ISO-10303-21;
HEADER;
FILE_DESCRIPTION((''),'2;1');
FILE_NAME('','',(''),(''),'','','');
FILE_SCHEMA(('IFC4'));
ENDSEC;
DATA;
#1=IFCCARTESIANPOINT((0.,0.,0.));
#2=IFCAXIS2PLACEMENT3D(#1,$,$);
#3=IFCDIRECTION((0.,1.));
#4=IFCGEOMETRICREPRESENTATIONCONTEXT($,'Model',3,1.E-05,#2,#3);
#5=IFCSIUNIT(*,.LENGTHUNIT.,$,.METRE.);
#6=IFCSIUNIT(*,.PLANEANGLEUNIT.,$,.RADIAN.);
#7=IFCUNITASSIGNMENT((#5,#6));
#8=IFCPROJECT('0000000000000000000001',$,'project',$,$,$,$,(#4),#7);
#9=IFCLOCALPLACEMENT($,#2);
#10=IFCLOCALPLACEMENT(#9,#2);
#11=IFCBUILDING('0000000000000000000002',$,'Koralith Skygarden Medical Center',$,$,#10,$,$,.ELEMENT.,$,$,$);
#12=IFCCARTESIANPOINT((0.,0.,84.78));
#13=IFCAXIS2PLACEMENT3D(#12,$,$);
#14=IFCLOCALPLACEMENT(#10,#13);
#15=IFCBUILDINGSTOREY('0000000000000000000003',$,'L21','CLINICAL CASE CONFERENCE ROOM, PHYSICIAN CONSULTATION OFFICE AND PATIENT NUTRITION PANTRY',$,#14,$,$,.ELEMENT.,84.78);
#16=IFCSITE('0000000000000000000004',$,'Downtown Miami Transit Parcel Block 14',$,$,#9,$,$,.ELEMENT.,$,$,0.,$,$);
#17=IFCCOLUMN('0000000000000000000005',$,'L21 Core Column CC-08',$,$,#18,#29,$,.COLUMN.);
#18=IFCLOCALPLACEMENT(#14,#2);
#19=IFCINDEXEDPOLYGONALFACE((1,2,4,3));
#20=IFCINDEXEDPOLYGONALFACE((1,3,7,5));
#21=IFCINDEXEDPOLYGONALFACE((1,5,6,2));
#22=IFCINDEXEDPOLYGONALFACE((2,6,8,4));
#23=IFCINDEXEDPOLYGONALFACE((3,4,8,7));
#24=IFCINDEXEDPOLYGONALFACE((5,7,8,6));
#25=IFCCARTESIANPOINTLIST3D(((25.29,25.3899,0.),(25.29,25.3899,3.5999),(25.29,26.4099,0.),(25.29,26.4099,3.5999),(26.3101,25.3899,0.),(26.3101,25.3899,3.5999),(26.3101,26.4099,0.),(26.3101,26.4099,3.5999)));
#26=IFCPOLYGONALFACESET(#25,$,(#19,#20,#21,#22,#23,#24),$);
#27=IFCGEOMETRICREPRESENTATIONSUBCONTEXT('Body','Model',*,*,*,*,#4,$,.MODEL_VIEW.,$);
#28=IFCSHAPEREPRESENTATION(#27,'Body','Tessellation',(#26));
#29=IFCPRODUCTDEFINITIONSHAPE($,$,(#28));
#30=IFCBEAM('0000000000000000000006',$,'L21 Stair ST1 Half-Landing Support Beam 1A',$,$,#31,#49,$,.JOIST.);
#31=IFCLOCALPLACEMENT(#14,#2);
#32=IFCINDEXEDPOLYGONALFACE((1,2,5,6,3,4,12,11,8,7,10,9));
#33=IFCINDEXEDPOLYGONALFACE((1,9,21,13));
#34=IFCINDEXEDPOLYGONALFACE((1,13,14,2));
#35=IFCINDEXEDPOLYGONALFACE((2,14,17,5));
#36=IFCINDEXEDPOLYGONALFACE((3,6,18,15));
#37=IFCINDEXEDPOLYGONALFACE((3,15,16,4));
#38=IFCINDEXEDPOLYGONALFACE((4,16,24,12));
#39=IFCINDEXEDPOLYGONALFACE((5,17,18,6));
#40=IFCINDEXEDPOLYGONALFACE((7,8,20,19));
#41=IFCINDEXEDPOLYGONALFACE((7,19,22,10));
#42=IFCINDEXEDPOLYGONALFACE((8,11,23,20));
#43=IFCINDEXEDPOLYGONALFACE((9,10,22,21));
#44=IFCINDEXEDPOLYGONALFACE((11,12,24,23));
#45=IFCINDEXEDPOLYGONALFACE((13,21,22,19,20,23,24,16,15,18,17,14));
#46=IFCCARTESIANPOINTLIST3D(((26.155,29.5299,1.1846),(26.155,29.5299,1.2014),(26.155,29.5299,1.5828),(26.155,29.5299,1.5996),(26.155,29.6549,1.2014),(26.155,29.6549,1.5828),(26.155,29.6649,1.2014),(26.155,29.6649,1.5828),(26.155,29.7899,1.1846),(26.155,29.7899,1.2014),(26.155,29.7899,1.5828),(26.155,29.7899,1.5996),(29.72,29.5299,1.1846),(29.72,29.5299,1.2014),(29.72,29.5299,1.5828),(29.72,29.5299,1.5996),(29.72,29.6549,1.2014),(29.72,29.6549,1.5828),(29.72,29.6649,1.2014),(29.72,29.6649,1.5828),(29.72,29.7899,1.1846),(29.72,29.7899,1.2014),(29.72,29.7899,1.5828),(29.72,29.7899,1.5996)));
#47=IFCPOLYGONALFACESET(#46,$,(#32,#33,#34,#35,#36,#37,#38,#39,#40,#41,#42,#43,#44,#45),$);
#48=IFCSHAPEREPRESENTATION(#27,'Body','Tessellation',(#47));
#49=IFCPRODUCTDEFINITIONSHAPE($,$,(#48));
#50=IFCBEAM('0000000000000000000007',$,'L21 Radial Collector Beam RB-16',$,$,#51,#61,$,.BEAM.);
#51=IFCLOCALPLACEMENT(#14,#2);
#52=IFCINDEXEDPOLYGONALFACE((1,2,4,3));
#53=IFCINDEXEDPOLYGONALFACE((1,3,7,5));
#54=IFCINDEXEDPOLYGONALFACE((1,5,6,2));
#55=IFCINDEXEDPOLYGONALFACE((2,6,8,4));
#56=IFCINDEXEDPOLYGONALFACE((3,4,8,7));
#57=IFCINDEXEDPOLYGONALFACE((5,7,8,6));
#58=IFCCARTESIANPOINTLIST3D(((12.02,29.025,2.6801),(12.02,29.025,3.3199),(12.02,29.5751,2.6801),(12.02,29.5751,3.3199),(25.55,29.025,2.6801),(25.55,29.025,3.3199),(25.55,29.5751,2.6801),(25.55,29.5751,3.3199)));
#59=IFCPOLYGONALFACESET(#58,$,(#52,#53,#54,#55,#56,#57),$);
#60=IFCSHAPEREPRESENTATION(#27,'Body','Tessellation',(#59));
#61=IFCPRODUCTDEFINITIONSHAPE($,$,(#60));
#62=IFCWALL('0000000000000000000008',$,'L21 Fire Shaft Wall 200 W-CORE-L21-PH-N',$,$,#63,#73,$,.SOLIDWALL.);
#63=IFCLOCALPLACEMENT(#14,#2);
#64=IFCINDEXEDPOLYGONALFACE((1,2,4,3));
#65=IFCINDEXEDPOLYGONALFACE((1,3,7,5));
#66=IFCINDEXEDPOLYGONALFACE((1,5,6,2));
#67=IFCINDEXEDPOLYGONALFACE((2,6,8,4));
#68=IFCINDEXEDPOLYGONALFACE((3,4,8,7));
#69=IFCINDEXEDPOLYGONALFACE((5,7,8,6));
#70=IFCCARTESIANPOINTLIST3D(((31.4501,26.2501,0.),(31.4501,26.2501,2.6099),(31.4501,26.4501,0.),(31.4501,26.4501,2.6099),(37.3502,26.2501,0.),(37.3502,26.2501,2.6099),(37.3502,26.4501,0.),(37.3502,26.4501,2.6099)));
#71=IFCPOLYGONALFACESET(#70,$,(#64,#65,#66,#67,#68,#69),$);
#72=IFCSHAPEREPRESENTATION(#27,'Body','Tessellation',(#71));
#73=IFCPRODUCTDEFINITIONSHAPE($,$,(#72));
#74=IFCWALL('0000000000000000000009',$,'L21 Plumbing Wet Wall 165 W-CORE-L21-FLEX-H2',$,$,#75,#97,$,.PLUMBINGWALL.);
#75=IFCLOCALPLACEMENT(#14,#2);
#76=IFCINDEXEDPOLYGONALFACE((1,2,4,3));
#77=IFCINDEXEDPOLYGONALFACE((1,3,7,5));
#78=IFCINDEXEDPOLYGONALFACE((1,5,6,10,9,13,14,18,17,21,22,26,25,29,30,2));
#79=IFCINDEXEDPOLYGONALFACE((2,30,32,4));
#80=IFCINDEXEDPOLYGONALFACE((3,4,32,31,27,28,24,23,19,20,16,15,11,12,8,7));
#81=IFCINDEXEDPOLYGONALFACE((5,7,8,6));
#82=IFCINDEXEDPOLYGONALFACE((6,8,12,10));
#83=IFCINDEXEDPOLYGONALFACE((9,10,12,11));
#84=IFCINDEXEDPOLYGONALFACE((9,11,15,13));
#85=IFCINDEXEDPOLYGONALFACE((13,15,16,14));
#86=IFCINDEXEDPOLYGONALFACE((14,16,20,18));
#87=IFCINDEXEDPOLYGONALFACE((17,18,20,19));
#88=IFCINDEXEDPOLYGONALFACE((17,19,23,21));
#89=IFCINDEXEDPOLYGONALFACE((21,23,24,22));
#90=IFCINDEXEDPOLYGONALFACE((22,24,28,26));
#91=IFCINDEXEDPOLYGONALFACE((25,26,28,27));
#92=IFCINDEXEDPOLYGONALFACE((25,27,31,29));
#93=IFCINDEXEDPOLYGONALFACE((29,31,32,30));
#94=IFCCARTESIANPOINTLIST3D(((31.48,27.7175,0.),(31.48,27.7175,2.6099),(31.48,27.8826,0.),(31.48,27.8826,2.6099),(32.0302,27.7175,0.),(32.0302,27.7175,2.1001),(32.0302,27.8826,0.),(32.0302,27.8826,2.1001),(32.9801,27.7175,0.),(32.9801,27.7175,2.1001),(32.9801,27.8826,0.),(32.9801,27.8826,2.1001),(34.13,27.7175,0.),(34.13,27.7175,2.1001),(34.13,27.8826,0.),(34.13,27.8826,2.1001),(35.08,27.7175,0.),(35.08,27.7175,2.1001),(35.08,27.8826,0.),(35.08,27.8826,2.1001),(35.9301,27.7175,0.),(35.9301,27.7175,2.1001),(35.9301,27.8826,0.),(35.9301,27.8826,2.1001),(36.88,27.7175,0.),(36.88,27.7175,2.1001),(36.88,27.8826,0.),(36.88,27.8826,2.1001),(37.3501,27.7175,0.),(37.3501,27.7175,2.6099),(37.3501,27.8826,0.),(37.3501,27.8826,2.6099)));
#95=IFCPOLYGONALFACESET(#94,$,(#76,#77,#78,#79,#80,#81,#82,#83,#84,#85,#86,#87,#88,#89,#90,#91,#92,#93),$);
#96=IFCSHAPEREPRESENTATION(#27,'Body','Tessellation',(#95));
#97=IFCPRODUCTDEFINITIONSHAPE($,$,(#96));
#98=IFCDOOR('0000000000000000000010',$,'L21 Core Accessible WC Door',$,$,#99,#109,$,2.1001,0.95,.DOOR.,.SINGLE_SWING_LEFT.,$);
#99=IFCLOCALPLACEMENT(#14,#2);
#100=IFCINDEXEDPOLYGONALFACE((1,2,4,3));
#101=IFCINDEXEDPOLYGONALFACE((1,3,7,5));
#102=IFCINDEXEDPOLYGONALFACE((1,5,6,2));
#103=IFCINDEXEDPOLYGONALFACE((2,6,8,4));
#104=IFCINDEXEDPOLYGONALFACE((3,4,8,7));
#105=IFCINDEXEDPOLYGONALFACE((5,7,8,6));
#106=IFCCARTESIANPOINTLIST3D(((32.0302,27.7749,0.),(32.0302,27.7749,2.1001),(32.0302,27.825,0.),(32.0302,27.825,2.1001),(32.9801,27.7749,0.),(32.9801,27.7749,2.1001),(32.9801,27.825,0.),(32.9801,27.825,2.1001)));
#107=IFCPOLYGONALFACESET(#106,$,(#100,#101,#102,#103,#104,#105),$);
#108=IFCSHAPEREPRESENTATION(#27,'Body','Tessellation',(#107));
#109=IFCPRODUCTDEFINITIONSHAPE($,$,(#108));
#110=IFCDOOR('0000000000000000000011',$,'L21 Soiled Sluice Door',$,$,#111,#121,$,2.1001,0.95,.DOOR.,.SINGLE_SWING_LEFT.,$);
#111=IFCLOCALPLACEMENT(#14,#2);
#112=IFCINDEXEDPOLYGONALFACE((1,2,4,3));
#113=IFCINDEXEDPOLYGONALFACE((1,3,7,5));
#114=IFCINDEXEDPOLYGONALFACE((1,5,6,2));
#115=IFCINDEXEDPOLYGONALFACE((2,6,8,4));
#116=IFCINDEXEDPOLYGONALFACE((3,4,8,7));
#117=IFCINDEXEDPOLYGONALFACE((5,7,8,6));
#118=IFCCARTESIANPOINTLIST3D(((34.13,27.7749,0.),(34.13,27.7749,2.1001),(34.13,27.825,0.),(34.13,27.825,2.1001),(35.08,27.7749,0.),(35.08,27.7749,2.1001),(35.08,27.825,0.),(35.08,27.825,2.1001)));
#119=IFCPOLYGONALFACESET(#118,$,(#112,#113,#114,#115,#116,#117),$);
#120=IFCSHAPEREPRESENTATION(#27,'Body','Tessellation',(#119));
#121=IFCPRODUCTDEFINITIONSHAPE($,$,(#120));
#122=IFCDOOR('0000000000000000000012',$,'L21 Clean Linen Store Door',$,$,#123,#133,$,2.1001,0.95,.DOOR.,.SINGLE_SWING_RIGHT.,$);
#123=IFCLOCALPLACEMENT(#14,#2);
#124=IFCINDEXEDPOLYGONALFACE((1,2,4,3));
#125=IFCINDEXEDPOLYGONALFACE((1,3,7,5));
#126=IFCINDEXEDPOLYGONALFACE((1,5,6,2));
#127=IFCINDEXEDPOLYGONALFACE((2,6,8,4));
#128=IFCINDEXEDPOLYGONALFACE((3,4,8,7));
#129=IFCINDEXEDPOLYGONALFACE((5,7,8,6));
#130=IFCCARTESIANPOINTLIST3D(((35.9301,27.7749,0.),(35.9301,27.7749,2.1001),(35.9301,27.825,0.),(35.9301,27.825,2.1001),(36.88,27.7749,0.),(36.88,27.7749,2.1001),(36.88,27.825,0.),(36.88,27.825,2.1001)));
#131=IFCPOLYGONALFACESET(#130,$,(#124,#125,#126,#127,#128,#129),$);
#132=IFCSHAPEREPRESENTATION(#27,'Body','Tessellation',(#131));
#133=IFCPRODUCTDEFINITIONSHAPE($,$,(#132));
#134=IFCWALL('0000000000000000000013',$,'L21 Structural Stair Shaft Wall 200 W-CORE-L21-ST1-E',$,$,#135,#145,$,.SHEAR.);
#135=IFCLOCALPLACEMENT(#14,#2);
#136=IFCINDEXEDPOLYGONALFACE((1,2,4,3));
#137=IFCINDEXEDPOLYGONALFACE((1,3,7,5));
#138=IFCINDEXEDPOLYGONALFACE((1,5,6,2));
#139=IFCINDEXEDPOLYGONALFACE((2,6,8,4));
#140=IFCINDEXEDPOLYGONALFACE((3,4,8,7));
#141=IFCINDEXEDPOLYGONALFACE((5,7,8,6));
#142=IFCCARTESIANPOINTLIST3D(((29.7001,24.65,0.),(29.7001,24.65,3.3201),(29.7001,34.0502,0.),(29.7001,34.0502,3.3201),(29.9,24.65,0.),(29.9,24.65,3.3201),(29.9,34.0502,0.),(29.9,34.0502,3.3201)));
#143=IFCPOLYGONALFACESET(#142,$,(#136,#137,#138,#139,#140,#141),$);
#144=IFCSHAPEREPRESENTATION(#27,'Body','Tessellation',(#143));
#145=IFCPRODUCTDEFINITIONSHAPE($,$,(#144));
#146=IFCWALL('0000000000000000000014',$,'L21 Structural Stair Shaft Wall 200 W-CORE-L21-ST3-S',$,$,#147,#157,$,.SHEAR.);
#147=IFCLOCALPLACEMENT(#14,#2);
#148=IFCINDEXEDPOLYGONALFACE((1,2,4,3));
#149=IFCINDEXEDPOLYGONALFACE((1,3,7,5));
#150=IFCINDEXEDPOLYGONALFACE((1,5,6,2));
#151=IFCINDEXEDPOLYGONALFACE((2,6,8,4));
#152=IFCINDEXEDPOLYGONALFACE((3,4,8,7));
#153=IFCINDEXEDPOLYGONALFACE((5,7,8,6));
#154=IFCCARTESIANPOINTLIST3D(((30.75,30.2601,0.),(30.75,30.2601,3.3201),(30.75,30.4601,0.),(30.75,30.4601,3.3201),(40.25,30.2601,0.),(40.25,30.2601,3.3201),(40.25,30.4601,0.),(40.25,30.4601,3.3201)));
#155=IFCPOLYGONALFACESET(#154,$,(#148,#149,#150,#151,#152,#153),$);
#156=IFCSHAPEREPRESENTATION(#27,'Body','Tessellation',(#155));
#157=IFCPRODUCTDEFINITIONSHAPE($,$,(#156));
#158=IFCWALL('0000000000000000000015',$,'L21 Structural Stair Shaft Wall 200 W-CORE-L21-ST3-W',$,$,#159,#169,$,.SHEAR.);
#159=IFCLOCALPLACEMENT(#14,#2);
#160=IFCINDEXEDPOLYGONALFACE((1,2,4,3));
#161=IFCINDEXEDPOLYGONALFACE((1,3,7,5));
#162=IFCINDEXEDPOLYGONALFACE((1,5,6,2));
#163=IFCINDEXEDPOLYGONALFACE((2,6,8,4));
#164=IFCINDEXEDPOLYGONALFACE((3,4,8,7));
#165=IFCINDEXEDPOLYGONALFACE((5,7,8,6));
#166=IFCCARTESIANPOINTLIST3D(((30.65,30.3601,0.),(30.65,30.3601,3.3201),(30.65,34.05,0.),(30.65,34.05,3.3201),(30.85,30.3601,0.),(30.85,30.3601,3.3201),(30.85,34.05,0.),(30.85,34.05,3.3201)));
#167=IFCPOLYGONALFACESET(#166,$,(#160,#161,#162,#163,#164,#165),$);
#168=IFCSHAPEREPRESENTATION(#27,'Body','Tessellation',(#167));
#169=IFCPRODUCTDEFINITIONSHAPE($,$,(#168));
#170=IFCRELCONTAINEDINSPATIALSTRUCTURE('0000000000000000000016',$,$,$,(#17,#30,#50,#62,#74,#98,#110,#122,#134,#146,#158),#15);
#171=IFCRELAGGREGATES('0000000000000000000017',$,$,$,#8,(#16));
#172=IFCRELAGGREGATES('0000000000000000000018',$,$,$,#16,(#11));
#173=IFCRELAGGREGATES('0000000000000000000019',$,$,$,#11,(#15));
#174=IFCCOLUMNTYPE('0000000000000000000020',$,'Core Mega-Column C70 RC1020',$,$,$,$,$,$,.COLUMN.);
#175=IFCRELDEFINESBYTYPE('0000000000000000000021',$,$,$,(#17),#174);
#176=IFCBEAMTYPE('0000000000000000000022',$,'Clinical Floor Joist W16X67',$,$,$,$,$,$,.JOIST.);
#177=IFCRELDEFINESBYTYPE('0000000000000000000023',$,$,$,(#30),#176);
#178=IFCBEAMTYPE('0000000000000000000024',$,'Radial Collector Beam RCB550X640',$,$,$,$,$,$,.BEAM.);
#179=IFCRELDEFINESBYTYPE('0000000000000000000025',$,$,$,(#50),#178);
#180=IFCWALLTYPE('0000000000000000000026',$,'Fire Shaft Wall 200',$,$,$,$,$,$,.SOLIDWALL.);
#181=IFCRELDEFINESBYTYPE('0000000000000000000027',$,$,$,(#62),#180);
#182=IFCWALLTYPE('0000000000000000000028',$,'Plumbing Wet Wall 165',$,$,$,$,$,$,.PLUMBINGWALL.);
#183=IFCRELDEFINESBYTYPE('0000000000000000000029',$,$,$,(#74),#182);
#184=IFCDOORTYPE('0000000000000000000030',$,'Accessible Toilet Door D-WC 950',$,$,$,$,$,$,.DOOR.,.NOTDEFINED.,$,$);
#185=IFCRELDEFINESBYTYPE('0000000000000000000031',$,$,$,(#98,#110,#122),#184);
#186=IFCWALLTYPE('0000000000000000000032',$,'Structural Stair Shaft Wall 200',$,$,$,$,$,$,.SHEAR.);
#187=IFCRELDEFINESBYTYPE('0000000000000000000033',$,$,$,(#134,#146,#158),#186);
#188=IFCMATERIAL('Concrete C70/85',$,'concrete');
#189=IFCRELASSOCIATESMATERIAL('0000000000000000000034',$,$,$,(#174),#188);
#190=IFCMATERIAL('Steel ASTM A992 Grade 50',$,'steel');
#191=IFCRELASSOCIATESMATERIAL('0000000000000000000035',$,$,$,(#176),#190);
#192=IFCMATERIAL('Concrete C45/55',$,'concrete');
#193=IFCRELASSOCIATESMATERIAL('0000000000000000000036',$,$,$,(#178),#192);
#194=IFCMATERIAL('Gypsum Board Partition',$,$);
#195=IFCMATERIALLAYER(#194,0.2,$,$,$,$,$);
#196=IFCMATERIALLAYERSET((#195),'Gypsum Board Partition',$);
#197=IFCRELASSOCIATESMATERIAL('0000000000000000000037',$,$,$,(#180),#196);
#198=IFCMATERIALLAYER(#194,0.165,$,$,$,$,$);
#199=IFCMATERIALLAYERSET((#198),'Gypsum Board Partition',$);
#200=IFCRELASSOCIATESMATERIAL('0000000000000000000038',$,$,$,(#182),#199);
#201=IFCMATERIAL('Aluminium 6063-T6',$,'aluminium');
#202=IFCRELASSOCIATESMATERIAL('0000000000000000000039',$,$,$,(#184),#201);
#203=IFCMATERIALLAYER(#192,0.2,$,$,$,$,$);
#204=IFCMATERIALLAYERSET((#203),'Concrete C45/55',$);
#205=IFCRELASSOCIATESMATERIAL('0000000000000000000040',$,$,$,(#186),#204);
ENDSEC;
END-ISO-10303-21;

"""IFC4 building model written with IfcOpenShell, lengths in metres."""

from ifc_helpers import new_model, si_unit, direction, frame, frame_2d, origin, origin_2d, place, context, subcontext, project, spatial, rectangle, i_section, extrude, material, layer, layer_set, material_profile, profile_set, type_object, element, fill, save


model = new_model("IFC4")

# Units and contexts
model_context = context("Model", 3, precision=1e-05, world=origin(), true_north=direction((0.0, 1.0)))
body_context = subcontext(model_context, "Body", "Model", "MODEL_VIEW")
ifc_project = project(units=[si_unit("LENGTHUNIT", "METRE"), si_unit("PLANEANGLEUNIT", "RADIAN")], contexts=[model_context])

# Site, building, storey
site_placement = place(None, origin())
site = spatial("IfcSite", under=ifc_project, at=site_placement, Name="Downtown Miami Transit Parcel Block 14", CompositionType="ELEMENT", RefElevation=0.0)
building_placement = place(site_placement, origin())
building = spatial("IfcBuilding", under=site, at=building_placement, Name="Koralith Skygarden Medical Center", CompositionType="ELEMENT")
storey_placement = place(building_placement, frame((0.0, 0.0, 84.78)))
storey = spatial("IfcBuildingStorey", under=building, at=storey_placement, Name="L21", Description="CLINICAL CASE CONFERENCE ROOM, PHYSICIAN CONSULTATION OFFICE AND PATIENT NUTRITION PANTRY", CompositionType="ELEMENT", Elevation=84.78)

# Column
ifc_material_1 = material(Name="Concrete C70/85", Category="concrete")
ifc_material_profile_1 = material_profile(ifc_material_1, rectangle(XDim=1.02, YDim=1.02, at=origin_2d()), Name="RC1020X1020")
ifc_profile_set_1 = profile_set([ifc_material_profile_1], Name="Concrete C70/85")
column_type = type_object("IfcColumnType", Name="Core Mega-Column C70 RC1020", PredefinedType="COLUMN", material=ifc_profile_set_1)
column_placement = place(storey_placement, frame((25.8, 25.8999, 0.0), z_axis=(0.0, 0.0, 1.0), x_axis=(1.0, 0.0, 0.0)))
element("IfcColumn", 1, at=column_placement, inside=storey, type_object=column_type, Name="L21 Core Column CC-08", PredefinedType="COLUMN", context=body_context, shape_type="SweptSolid", body=[
    extrude(rectangle(XDim=1.02, YDim=1.02, at=origin_2d()), origin(), (0.0, 0.0, 1.0), 3.5999),
])

# Beams
ifc_material_2 = material(Name="Steel ASTM A992 Grade 50", Category="steel")
ifc_material_profile_2 = material_profile(ifc_material_2, i_section(OverallWidth=0.26, OverallDepth=0.415, WebThickness=0.01, FlangeThickness=0.0168, at=origin_2d()), Name="W16X67")
ifc_profile_set_2 = profile_set([ifc_material_profile_2], Name="Steel ASTM A992 Grade 50")
beam_type_1 = type_object("IfcBeamType", Name="Clinical Floor Joist W16X67", PredefinedType="JOIST", material=ifc_profile_set_2)
beam_1_placement = place(storey_placement, frame((26.155, 29.6599, 1.3921), z_axis=(1.0, 0.0, 0.0), x_axis=(0.0, 1.0, 0.0)))
element("IfcBeam", 2, at=beam_1_placement, inside=storey, type_object=beam_type_1, Name="L21 Stair ST1 Half-Landing Support Beam 1A", PredefinedType="JOIST", context=body_context, shape_type="SweptSolid", body=[
    extrude(i_section(OverallWidth=0.26, OverallDepth=0.415, WebThickness=0.01, FlangeThickness=0.0168, at=origin_2d()), origin(), (0.0, 0.0, 1.0), 3.5649),
])
ifc_material_3 = material(Name="Concrete C45/55", Category="concrete")
ifc_material_profile_3 = material_profile(ifc_material_3, rectangle(XDim=0.55, YDim=0.6399, at=origin_2d()), Name="RCB550X640")
ifc_profile_set_3 = profile_set([ifc_material_profile_3], Name="Concrete C45/55")
beam_type_2 = type_object("IfcBeamType", Name="Radial Collector Beam RCB550X640", PredefinedType="BEAM", material=ifc_profile_set_3)
beam_2_placement = place(storey_placement, frame((25.55, 29.3, 3.0), z_axis=(-1.0, 0.0, 0.0), x_axis=(0.0, -1.0, 0.0)))
element("IfcBeam", 3, at=beam_2_placement, inside=storey, type_object=beam_type_2, Name="L21 Radial Collector Beam RB-16", PredefinedType="BEAM", context=body_context, shape_type="SweptSolid", body=[
    extrude(rectangle(XDim=0.55, YDim=0.6399, at=origin_2d()), origin(), (0.0, 0.0, 1.0), 13.53),
])

# Wall
ifc_material_4 = material(Name="Gypsum Board Partition")
ifc_layer_1 = layer(ifc_material_4, 0.2)
ifc_layer_set_1 = layer_set([ifc_layer_1], Name="Gypsum Board Partition")
wall_type_1 = type_object("IfcWallType", Name="Fire Shaft Wall 200", PredefinedType="SOLIDWALL", material=ifc_layer_set_1)
wall_1_placement = place(storey_placement, frame((31.45, 26.3501, 0.0), z_axis=(0.0, 0.0, 1.0), x_axis=(1.0, 0.0, 0.0)))
element("IfcWall", 4, at=wall_1_placement, inside=storey, type_object=wall_type_1, Name="L21 Fire Shaft Wall 200 W-CORE-L21-PH-N", PredefinedType="SOLIDWALL", context=body_context, shape_type="SweptSolid", body=[
    extrude(rectangle(XDim=5.9001, YDim=0.2, at=frame_2d((2.9502, 0.0))), origin(), (0.0, 0.0, 1.0), 2.6099),
])

# Shared definitions
ifc_layer_2 = layer(ifc_material_4, 0.165)
ifc_layer_set_2 = layer_set([ifc_layer_2], Name="Gypsum Board Partition")
wall_type_2 = type_object("IfcWallType", Name="Plumbing Wet Wall 165", PredefinedType="PLUMBINGWALL", material=ifc_layer_set_2)
ifc_material_5 = material(Name="Aluminium 6063-T6", Category="aluminium")

# Wall, openings, doors
wall_2_placement = place(storey_placement, frame((31.48, 27.8, 0.0), z_axis=(0.0, 0.0, 1.0), x_axis=(1.0, 0.0, 0.0)))
wall_2 = element("IfcWall", 5, at=wall_2_placement, inside=storey, type_object=wall_type_2, Name="L21 Plumbing Wet Wall 165 W-CORE-L21-FLEX-H2", PredefinedType="PLUMBINGWALL", context=body_context, shape_type="SweptSolid", body=[
    extrude(rectangle(XDim=5.8701, YDim=0.165, at=frame_2d((2.9351, 0.0))), origin(), (0.0, 0.0, 1.0), 2.6099),
])
opening_1_placement = place(wall_2_placement, frame((0.55, 0.0, 0.0)))
opening_1 = element("IfcOpeningElement", 6, at=opening_1_placement, cuts=wall_2, PredefinedType="OPENING", context=body_context, shape_type="SweptSolid", body=[
    extrude(rectangle(XDim=0.95, YDim=2.1001, at=frame_2d((0.4751, 1.05))), frame((0.0, 0.0925, 0.0), z_axis=(0.0, -1.0, 0.0), x_axis=(1.0, 0.0, 0.0)), (0.0, 0.0, 1.0), 0.1851),
])
opening_2_placement = place(wall_2_placement, frame((2.6499, 0.0, 0.0)))
opening_2 = element("IfcOpeningElement", 7, at=opening_2_placement, cuts=wall_2, PredefinedType="OPENING", context=body_context, shape_type="SweptSolid", body=[
    extrude(rectangle(XDim=0.95, YDim=2.1001, at=frame_2d((0.4751, 1.05))), frame((0.0, 0.0925, 0.0), z_axis=(0.0, -1.0, 0.0), x_axis=(1.0, 0.0, 0.0)), (0.0, 0.0, 1.0), 0.1851),
])
opening_3_placement = place(wall_2_placement, frame((4.45, 0.0, 0.0)))
opening_3 = element("IfcOpeningElement", 8, at=opening_3_placement, cuts=wall_2, PredefinedType="OPENING", context=body_context, shape_type="SweptSolid", body=[
    extrude(rectangle(XDim=0.95, YDim=2.1001, at=frame_2d((0.4751, 1.05))), frame((0.0, 0.0925, 0.0), z_axis=(0.0, -1.0, 0.0), x_axis=(1.0, 0.0, 0.0)), (0.0, 0.0, 1.0), 0.1851),
])
door_type_1 = type_object("IfcDoorType", Name="Accessible Toilet Door D-WC 950", OperationType="NOTDEFINED", PredefinedType="DOOR", material=ifc_material_5)
door_1_placement = place(opening_1_placement, origin())
door_1 = element("IfcDoor", 9, at=door_1_placement, inside=storey, type_object=door_type_1, Name="L21 Core Accessible WC Door", OperationType="SINGLE_SWING_LEFT", OverallHeight=2.1001, OverallWidth=0.95, PredefinedType="DOOR", context=body_context, shape_type="SweptSolid", body=[
    extrude(rectangle(XDim=0.95, YDim=2.1001, at=frame_2d((0.4751, 1.05))), frame((0.0, 0.0249, 0.0), z_axis=(0.0, -1.0, 0.0), x_axis=(1.0, 0.0, 0.0)), (0.0, 0.0, 1.0), 0.05),
])
fill(opening_1, door_1)
door_2_placement = place(opening_2_placement, origin())
door_2 = element("IfcDoor", 10, at=door_2_placement, inside=storey, type_object=door_type_1, Name="L21 Soiled Sluice Door", OperationType="SINGLE_SWING_LEFT", OverallHeight=2.1001, OverallWidth=0.95, PredefinedType="DOOR", context=body_context, shape_type="SweptSolid", body=[
    extrude(rectangle(XDim=0.95, YDim=2.1001, at=frame_2d((0.4751, 1.05))), frame((0.0, 0.0249, 0.0), z_axis=(0.0, -1.0, 0.0), x_axis=(1.0, 0.0, 0.0)), (0.0, 0.0, 1.0), 0.05),
])
fill(opening_2, door_2)
door_3_placement = place(opening_3_placement, origin())
door_3 = element("IfcDoor", 11, at=door_3_placement, inside=storey, type_object=door_type_1, Name="L21 Clean Linen Store Door", OperationType="SINGLE_SWING_RIGHT", OverallHeight=2.1001, OverallWidth=0.95, PredefinedType="DOOR", context=body_context, shape_type="SweptSolid", body=[
    extrude(rectangle(XDim=0.95, YDim=2.1001, at=frame_2d((0.4751, 1.05))), frame((0.0, 0.0249, 0.0), z_axis=(0.0, -1.0, 0.0), x_axis=(1.0, 0.0, 0.0)), (0.0, 0.0, 1.0), 0.05),
])
fill(opening_3, door_3)

# Wall
ifc_layer_3 = layer(ifc_material_3, 0.2)
ifc_layer_set_3 = layer_set([ifc_layer_3], Name="Concrete C45/55")
wall_type_3 = type_object("IfcWallType", Name="Structural Stair Shaft Wall 200", PredefinedType="SHEAR", material=ifc_layer_set_3)
wall_3_placement = place(storey_placement, frame((29.8, 24.6499, 0.0), z_axis=(0.0, 0.0, 1.0), x_axis=(0.0, 1.0, 0.0)))
element("IfcWall", 12, at=wall_3_placement, inside=storey, type_object=wall_type_3, Name="L21 Structural Stair Shaft Wall 200 W-CORE-L21-ST1-E", PredefinedType="SHEAR", context=body_context, shape_type="SweptSolid", body=[
    extrude(rectangle(XDim=9.4001, YDim=0.2, at=frame_2d((4.7002, 0.0))), origin(), (0.0, 0.0, 1.0), 3.3201),
])

# Walls
wall_4_placement = place(storey_placement, frame((30.75, 30.3601, 0.0), z_axis=(0.0, 0.0, 1.0), x_axis=(1.0, 0.0, 0.0)))
element("IfcWall", 13, at=wall_4_placement, inside=storey, type_object=wall_type_3, Name="L21 Structural Stair Shaft Wall 200 W-CORE-L21-ST3-S", PredefinedType="SHEAR", context=body_context, shape_type="SweptSolid", body=[
    extrude(rectangle(XDim=9.5, YDim=0.2, at=frame_2d((4.75, 0.0))), origin(), (0.0, 0.0, 1.0), 3.3201),
])
wall_5_placement = place(storey_placement, frame((30.75, 30.3601, 0.0), z_axis=(0.0, 0.0, 1.0), x_axis=(0.0, 1.0, 0.0)))
element("IfcWall", 14, at=wall_5_placement, inside=storey, type_object=wall_type_3, Name="L21 Structural Stair Shaft Wall 200 W-CORE-L21-ST3-W", PredefinedType="SHEAR", context=body_context, shape_type="SweptSolid", body=[
    extrude(rectangle(XDim=3.6899, YDim=0.2, at=frame_2d((1.845, 0.0))), origin(), (0.0, 0.0, 1.0), 3.3201),
])

save(model, "model.ifc")
